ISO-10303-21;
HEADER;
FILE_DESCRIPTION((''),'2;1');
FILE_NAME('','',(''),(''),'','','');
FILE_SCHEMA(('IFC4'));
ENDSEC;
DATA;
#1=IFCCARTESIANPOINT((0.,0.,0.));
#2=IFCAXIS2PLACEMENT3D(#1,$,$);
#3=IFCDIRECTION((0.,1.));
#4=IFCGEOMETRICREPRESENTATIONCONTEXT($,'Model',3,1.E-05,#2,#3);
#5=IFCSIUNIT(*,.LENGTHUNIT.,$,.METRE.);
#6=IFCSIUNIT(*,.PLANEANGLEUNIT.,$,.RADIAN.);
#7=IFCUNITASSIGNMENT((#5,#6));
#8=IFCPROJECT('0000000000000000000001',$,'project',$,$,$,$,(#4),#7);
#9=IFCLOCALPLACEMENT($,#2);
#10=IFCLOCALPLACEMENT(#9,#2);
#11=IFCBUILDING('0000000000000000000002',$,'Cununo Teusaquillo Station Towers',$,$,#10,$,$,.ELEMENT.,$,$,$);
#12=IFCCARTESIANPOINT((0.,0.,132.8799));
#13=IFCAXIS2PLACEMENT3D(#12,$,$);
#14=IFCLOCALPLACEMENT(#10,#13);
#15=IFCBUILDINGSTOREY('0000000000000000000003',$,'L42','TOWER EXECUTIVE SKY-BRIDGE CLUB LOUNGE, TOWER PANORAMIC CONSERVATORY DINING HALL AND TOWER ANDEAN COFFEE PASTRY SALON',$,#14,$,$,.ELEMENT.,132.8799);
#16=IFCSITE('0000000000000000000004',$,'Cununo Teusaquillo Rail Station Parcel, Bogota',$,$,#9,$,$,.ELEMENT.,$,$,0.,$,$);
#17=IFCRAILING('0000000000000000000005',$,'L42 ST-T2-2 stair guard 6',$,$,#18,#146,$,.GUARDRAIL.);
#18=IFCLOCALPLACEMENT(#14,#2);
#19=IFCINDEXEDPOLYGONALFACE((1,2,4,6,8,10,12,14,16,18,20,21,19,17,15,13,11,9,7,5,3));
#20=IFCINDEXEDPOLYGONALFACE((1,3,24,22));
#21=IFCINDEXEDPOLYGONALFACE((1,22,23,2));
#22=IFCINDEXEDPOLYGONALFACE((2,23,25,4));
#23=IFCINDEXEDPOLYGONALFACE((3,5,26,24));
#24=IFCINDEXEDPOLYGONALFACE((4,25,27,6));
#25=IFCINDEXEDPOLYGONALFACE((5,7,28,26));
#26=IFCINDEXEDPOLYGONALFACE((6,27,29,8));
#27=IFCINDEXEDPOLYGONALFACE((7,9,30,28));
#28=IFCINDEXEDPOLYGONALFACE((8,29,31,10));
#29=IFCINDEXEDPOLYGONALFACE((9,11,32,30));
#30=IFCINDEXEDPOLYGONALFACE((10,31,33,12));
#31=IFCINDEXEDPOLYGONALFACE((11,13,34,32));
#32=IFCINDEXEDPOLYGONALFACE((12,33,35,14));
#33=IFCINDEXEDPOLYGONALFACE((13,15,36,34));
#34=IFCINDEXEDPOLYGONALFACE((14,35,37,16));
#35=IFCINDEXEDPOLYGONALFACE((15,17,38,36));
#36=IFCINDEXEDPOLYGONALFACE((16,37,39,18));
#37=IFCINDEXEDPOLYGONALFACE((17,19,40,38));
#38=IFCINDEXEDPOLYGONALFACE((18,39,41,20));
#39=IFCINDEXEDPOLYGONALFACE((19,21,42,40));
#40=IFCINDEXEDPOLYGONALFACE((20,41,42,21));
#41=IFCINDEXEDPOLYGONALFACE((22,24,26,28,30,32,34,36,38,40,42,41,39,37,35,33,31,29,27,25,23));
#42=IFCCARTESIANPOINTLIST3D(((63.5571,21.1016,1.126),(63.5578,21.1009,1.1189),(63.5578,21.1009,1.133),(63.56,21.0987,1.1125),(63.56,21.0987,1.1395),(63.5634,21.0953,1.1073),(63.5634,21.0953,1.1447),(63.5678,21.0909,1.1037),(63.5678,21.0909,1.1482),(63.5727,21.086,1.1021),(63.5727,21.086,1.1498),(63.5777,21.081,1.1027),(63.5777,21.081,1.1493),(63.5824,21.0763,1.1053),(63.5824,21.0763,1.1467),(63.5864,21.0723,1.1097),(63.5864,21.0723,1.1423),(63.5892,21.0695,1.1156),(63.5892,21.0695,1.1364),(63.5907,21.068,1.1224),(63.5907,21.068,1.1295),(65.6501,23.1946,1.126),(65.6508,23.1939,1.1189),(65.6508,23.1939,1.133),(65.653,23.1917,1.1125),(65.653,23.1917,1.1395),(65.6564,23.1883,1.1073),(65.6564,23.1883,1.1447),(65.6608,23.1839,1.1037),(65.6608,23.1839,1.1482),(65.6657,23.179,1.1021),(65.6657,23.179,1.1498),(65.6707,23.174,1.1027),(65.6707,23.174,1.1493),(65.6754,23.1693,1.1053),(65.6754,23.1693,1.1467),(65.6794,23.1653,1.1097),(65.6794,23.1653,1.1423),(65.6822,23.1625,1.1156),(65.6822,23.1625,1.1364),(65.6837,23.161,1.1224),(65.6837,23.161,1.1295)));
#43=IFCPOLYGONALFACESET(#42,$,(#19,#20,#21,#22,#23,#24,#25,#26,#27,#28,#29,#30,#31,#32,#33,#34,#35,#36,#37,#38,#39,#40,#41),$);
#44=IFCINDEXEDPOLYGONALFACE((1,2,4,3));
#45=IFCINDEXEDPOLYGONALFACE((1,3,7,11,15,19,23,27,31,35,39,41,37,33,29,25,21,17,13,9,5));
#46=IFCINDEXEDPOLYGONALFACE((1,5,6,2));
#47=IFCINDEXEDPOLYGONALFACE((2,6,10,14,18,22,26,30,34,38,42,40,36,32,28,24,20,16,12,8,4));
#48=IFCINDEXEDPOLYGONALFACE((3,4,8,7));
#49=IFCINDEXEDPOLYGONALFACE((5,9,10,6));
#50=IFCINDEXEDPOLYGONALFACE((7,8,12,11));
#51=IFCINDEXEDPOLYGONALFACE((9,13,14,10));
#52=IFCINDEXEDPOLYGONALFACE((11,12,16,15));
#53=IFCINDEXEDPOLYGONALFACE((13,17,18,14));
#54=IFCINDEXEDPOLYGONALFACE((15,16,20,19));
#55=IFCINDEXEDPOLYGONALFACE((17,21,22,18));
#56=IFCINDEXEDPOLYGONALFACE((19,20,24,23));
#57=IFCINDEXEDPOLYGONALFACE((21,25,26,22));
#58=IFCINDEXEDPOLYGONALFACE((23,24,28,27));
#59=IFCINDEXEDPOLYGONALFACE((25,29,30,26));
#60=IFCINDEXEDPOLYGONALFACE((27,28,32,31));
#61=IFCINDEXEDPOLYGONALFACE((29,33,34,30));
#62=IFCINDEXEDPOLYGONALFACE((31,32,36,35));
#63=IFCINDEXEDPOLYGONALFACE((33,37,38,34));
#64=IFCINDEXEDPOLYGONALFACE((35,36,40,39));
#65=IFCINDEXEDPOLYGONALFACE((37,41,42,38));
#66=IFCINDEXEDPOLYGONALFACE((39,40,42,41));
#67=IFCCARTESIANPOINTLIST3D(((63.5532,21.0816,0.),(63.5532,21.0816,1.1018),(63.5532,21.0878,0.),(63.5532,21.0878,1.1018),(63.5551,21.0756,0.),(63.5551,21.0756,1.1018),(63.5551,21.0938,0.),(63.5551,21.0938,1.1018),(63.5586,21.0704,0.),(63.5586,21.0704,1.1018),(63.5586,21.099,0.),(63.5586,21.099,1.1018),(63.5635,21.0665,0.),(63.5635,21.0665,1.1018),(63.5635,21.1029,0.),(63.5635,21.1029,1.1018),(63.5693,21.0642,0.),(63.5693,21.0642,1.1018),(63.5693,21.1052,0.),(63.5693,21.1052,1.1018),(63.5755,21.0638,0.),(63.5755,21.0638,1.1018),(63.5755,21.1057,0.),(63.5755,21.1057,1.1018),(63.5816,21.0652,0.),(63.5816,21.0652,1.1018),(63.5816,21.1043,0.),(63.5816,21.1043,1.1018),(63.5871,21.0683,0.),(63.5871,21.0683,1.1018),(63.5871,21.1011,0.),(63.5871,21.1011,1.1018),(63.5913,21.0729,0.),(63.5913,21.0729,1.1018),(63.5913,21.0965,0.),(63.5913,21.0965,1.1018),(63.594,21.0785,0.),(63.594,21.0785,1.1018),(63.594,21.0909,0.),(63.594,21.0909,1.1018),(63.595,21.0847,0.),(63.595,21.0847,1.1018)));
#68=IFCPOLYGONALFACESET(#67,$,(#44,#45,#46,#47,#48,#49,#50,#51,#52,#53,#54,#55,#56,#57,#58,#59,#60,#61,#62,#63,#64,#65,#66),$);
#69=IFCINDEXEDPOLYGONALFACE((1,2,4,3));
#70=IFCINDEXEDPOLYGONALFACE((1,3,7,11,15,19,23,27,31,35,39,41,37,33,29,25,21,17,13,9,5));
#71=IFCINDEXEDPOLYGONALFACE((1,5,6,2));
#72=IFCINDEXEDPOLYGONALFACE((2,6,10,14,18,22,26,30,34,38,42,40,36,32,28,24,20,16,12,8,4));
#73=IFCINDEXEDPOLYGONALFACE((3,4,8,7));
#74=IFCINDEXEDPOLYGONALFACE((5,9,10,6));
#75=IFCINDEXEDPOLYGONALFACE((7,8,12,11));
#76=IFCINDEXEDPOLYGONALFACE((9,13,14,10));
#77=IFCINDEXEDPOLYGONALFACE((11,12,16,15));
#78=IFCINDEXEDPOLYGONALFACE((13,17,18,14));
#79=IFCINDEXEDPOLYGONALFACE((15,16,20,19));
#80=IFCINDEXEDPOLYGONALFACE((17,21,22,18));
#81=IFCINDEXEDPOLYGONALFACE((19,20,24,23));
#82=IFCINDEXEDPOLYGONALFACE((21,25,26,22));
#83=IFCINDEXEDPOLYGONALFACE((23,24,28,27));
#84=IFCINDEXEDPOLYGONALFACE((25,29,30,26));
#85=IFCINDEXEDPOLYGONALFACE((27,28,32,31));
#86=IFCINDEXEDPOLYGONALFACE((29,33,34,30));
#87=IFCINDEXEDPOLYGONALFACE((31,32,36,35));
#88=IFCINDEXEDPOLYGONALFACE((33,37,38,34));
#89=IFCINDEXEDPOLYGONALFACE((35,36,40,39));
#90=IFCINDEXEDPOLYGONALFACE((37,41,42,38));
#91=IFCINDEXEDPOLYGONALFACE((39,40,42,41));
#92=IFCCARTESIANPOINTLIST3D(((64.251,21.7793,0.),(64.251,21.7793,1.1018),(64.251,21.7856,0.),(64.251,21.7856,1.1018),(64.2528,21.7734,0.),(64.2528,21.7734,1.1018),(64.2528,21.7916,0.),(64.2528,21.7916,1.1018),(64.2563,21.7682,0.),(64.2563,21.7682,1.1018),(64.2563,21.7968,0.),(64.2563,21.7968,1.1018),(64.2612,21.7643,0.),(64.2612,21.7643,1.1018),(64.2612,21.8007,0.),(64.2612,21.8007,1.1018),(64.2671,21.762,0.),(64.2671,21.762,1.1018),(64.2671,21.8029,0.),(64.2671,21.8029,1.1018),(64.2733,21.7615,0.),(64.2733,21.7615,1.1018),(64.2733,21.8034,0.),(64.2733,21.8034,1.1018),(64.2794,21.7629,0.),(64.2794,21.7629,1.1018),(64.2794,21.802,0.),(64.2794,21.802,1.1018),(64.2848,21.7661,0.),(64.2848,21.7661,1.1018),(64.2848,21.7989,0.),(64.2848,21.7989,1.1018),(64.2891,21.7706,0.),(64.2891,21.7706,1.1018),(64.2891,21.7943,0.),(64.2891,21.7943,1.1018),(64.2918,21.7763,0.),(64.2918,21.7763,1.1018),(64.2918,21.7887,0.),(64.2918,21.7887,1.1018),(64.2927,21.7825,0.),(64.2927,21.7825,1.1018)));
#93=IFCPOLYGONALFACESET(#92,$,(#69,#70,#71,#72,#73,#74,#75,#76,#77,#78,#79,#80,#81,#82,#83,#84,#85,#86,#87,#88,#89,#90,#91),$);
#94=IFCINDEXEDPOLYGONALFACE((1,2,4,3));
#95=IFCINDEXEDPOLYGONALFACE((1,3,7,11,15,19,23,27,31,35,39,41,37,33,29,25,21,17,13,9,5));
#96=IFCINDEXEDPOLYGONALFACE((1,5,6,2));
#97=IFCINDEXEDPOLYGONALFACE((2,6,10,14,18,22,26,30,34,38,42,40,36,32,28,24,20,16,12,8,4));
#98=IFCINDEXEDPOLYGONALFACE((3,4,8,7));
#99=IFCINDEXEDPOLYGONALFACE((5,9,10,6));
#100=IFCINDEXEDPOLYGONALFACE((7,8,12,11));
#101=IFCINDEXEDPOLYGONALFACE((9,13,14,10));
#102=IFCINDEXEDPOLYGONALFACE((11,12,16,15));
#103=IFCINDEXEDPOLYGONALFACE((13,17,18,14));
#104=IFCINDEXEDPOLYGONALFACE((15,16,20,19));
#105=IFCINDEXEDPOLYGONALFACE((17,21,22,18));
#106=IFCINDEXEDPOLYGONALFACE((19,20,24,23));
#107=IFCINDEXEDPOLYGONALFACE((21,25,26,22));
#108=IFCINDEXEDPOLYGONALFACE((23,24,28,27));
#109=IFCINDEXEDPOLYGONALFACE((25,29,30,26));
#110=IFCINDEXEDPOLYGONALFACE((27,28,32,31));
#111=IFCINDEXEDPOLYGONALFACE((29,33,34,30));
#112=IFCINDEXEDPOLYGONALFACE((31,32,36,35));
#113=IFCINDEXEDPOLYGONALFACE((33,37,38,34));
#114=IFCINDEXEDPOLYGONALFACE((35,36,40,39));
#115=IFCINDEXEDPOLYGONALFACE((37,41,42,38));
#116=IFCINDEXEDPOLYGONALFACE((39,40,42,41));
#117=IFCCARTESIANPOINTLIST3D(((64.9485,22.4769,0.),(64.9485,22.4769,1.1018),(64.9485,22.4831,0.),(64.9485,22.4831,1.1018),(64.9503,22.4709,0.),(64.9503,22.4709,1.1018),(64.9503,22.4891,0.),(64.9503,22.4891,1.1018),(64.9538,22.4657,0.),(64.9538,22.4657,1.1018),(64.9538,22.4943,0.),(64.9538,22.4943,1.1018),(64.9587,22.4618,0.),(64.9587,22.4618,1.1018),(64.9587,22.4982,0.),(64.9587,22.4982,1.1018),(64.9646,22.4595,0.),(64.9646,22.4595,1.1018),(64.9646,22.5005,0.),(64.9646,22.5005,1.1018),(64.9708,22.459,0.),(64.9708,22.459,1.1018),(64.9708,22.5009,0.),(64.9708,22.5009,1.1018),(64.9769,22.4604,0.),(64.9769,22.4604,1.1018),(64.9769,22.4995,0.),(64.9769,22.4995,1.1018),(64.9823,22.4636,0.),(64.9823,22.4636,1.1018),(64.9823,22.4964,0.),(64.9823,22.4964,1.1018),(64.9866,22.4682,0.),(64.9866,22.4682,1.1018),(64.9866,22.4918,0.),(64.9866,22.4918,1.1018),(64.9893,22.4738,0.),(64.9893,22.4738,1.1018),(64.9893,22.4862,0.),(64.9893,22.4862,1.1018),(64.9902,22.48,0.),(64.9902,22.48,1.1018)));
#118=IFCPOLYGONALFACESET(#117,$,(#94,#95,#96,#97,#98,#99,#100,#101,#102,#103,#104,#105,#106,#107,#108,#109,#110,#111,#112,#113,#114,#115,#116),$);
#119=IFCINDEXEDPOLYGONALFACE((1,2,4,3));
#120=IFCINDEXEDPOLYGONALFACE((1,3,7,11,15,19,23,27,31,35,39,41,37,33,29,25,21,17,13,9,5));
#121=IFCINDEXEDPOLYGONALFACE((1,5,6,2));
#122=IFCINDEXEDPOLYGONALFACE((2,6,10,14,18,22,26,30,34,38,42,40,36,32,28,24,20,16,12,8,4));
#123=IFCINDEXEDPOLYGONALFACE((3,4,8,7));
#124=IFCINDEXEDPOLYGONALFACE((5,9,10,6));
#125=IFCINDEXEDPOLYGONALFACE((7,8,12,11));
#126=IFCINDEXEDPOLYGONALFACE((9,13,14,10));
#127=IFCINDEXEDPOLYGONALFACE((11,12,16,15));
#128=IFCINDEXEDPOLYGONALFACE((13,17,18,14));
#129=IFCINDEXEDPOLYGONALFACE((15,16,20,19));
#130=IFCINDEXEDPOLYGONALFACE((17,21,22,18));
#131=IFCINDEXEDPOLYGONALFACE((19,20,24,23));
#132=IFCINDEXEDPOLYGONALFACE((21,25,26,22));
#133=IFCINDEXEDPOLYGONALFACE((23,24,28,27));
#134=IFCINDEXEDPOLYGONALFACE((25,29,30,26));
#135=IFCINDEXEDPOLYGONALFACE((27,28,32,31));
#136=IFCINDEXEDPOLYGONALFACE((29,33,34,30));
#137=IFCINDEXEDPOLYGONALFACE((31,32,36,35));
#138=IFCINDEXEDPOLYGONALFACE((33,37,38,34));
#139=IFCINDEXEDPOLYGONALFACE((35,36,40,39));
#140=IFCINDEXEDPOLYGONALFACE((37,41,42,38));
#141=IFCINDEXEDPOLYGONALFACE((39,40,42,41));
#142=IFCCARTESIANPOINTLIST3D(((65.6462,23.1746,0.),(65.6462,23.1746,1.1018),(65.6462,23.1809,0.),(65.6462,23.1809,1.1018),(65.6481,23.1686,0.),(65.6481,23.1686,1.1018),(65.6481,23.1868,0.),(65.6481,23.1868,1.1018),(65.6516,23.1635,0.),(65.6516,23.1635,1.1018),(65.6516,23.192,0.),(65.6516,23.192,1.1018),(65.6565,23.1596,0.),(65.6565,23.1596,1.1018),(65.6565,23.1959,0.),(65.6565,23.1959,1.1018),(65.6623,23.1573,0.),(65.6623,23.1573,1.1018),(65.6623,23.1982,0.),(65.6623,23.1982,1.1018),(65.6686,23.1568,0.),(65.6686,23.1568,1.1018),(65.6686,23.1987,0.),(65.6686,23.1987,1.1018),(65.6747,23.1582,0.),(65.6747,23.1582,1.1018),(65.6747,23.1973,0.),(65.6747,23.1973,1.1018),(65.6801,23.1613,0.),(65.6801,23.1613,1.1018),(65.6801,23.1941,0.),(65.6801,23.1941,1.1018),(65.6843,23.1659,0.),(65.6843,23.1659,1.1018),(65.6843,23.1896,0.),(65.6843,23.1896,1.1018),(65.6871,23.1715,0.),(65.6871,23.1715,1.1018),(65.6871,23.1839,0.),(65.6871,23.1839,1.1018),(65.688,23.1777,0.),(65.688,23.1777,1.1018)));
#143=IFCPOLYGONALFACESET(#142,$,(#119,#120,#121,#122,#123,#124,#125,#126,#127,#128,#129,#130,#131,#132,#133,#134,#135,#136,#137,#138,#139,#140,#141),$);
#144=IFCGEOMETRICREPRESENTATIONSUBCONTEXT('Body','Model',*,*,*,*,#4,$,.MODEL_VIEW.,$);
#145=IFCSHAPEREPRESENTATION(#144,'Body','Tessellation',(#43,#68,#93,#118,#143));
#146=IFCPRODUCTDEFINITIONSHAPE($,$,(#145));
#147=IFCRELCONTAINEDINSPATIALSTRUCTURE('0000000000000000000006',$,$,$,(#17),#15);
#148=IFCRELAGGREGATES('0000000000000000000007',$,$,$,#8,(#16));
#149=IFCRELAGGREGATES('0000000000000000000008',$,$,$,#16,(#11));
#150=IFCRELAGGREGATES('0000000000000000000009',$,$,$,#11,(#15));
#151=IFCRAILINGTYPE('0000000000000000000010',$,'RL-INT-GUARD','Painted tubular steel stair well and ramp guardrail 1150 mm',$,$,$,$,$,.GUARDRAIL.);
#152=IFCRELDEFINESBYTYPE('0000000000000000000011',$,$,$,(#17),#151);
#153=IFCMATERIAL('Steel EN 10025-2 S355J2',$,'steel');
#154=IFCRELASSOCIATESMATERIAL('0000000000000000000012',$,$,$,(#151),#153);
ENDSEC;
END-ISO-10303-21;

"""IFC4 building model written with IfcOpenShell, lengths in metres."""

from ifc_helpers import new_model, si_unit, direction, frame, origin, origin_2d, place, context, subcontext, project, spatial, circle, extrude, material, type_object, element, save


model = new_model("IFC4")

# Units and contexts
model_context = context("Model", 3, precision=1e-05, world=origin(), true_north=direction((0.0, 1.0)))
body_context = subcontext(model_context, "Body", "Model", "MODEL_VIEW")
ifc_project = project(units=[si_unit("LENGTHUNIT", "METRE"), si_unit("PLANEANGLEUNIT", "RADIAN")], contexts=[model_context])

# Site, building, storey
site_placement = place(None, origin())
site = spatial("IfcSite", under=ifc_project, at=site_placement, Name="Cununo Teusaquillo Rail Station Parcel, Bogota", CompositionType="ELEMENT", RefElevation=0.0)
building_placement = place(site_placement, origin())
building = spatial("IfcBuilding", under=site, at=building_placement, Name="Cununo Teusaquillo Station Towers", CompositionType="ELEMENT")
storey_placement = place(building_placement, frame((0.0, 0.0, 132.8799)))
storey = spatial("IfcBuildingStorey", under=building, at=storey_placement, Name="L42", Description="TOWER EXECUTIVE SKY-BRIDGE CLUB LOUNGE, TOWER PANORAMIC CONSERVATORY DINING HALL AND TOWER ANDEAN COFFEE PASTRY SALON", CompositionType="ELEMENT", Elevation=132.8799)

# Railing
ifc_material_1 = material(Name="Steel EN 10025-2 S355J2", Category="steel")
railing_type = type_object("IfcRailingType", Name="RL-INT-GUARD", Description="Painted tubular steel stair well and ramp guardrail 1150 mm", PredefinedType="GUARDRAIL", material=ifc_material_1)
railing_1_placement = place(storey_placement, frame((63.574, 21.0847, 0.0)))
element("IfcRailing", 1, at=railing_1_placement, inside=storey, type_object=railing_type, Name="L42 ST-T2-2 stair guard 6", PredefinedType="GUARDRAIL", context=body_context, shape_type="SweptSolid", body=[
    extrude(circle(Radius=0.0239, at=origin_2d()), frame((0.0, 0.0, 1.126), z_axis=(0.707107, 0.707107, 0.0), x_axis=(-0.707107, 0.707107, 0.0)), (0.0, 0.0, 1.0), 2.96),
    extrude(circle(Radius=0.021, at=origin_2d()), origin(), (0.0, 0.0, 1.0), 1.1018),
    extrude(circle(Radius=0.021, at=origin_2d()), frame((0.6978, 0.6978, 0.0)), (0.0, 0.0, 1.0), 1.1018),
    extrude(circle(Radius=0.021, at=origin_2d()), frame((1.3953, 1.3953, 0.0)), (0.0, 0.0, 1.0), 1.1018),
    extrude(circle(Radius=0.021, at=origin_2d()), frame((2.093, 2.093, 0.0)), (0.0, 0.0, 1.0), 1.1018),
])

save(model, "model.ifc")
